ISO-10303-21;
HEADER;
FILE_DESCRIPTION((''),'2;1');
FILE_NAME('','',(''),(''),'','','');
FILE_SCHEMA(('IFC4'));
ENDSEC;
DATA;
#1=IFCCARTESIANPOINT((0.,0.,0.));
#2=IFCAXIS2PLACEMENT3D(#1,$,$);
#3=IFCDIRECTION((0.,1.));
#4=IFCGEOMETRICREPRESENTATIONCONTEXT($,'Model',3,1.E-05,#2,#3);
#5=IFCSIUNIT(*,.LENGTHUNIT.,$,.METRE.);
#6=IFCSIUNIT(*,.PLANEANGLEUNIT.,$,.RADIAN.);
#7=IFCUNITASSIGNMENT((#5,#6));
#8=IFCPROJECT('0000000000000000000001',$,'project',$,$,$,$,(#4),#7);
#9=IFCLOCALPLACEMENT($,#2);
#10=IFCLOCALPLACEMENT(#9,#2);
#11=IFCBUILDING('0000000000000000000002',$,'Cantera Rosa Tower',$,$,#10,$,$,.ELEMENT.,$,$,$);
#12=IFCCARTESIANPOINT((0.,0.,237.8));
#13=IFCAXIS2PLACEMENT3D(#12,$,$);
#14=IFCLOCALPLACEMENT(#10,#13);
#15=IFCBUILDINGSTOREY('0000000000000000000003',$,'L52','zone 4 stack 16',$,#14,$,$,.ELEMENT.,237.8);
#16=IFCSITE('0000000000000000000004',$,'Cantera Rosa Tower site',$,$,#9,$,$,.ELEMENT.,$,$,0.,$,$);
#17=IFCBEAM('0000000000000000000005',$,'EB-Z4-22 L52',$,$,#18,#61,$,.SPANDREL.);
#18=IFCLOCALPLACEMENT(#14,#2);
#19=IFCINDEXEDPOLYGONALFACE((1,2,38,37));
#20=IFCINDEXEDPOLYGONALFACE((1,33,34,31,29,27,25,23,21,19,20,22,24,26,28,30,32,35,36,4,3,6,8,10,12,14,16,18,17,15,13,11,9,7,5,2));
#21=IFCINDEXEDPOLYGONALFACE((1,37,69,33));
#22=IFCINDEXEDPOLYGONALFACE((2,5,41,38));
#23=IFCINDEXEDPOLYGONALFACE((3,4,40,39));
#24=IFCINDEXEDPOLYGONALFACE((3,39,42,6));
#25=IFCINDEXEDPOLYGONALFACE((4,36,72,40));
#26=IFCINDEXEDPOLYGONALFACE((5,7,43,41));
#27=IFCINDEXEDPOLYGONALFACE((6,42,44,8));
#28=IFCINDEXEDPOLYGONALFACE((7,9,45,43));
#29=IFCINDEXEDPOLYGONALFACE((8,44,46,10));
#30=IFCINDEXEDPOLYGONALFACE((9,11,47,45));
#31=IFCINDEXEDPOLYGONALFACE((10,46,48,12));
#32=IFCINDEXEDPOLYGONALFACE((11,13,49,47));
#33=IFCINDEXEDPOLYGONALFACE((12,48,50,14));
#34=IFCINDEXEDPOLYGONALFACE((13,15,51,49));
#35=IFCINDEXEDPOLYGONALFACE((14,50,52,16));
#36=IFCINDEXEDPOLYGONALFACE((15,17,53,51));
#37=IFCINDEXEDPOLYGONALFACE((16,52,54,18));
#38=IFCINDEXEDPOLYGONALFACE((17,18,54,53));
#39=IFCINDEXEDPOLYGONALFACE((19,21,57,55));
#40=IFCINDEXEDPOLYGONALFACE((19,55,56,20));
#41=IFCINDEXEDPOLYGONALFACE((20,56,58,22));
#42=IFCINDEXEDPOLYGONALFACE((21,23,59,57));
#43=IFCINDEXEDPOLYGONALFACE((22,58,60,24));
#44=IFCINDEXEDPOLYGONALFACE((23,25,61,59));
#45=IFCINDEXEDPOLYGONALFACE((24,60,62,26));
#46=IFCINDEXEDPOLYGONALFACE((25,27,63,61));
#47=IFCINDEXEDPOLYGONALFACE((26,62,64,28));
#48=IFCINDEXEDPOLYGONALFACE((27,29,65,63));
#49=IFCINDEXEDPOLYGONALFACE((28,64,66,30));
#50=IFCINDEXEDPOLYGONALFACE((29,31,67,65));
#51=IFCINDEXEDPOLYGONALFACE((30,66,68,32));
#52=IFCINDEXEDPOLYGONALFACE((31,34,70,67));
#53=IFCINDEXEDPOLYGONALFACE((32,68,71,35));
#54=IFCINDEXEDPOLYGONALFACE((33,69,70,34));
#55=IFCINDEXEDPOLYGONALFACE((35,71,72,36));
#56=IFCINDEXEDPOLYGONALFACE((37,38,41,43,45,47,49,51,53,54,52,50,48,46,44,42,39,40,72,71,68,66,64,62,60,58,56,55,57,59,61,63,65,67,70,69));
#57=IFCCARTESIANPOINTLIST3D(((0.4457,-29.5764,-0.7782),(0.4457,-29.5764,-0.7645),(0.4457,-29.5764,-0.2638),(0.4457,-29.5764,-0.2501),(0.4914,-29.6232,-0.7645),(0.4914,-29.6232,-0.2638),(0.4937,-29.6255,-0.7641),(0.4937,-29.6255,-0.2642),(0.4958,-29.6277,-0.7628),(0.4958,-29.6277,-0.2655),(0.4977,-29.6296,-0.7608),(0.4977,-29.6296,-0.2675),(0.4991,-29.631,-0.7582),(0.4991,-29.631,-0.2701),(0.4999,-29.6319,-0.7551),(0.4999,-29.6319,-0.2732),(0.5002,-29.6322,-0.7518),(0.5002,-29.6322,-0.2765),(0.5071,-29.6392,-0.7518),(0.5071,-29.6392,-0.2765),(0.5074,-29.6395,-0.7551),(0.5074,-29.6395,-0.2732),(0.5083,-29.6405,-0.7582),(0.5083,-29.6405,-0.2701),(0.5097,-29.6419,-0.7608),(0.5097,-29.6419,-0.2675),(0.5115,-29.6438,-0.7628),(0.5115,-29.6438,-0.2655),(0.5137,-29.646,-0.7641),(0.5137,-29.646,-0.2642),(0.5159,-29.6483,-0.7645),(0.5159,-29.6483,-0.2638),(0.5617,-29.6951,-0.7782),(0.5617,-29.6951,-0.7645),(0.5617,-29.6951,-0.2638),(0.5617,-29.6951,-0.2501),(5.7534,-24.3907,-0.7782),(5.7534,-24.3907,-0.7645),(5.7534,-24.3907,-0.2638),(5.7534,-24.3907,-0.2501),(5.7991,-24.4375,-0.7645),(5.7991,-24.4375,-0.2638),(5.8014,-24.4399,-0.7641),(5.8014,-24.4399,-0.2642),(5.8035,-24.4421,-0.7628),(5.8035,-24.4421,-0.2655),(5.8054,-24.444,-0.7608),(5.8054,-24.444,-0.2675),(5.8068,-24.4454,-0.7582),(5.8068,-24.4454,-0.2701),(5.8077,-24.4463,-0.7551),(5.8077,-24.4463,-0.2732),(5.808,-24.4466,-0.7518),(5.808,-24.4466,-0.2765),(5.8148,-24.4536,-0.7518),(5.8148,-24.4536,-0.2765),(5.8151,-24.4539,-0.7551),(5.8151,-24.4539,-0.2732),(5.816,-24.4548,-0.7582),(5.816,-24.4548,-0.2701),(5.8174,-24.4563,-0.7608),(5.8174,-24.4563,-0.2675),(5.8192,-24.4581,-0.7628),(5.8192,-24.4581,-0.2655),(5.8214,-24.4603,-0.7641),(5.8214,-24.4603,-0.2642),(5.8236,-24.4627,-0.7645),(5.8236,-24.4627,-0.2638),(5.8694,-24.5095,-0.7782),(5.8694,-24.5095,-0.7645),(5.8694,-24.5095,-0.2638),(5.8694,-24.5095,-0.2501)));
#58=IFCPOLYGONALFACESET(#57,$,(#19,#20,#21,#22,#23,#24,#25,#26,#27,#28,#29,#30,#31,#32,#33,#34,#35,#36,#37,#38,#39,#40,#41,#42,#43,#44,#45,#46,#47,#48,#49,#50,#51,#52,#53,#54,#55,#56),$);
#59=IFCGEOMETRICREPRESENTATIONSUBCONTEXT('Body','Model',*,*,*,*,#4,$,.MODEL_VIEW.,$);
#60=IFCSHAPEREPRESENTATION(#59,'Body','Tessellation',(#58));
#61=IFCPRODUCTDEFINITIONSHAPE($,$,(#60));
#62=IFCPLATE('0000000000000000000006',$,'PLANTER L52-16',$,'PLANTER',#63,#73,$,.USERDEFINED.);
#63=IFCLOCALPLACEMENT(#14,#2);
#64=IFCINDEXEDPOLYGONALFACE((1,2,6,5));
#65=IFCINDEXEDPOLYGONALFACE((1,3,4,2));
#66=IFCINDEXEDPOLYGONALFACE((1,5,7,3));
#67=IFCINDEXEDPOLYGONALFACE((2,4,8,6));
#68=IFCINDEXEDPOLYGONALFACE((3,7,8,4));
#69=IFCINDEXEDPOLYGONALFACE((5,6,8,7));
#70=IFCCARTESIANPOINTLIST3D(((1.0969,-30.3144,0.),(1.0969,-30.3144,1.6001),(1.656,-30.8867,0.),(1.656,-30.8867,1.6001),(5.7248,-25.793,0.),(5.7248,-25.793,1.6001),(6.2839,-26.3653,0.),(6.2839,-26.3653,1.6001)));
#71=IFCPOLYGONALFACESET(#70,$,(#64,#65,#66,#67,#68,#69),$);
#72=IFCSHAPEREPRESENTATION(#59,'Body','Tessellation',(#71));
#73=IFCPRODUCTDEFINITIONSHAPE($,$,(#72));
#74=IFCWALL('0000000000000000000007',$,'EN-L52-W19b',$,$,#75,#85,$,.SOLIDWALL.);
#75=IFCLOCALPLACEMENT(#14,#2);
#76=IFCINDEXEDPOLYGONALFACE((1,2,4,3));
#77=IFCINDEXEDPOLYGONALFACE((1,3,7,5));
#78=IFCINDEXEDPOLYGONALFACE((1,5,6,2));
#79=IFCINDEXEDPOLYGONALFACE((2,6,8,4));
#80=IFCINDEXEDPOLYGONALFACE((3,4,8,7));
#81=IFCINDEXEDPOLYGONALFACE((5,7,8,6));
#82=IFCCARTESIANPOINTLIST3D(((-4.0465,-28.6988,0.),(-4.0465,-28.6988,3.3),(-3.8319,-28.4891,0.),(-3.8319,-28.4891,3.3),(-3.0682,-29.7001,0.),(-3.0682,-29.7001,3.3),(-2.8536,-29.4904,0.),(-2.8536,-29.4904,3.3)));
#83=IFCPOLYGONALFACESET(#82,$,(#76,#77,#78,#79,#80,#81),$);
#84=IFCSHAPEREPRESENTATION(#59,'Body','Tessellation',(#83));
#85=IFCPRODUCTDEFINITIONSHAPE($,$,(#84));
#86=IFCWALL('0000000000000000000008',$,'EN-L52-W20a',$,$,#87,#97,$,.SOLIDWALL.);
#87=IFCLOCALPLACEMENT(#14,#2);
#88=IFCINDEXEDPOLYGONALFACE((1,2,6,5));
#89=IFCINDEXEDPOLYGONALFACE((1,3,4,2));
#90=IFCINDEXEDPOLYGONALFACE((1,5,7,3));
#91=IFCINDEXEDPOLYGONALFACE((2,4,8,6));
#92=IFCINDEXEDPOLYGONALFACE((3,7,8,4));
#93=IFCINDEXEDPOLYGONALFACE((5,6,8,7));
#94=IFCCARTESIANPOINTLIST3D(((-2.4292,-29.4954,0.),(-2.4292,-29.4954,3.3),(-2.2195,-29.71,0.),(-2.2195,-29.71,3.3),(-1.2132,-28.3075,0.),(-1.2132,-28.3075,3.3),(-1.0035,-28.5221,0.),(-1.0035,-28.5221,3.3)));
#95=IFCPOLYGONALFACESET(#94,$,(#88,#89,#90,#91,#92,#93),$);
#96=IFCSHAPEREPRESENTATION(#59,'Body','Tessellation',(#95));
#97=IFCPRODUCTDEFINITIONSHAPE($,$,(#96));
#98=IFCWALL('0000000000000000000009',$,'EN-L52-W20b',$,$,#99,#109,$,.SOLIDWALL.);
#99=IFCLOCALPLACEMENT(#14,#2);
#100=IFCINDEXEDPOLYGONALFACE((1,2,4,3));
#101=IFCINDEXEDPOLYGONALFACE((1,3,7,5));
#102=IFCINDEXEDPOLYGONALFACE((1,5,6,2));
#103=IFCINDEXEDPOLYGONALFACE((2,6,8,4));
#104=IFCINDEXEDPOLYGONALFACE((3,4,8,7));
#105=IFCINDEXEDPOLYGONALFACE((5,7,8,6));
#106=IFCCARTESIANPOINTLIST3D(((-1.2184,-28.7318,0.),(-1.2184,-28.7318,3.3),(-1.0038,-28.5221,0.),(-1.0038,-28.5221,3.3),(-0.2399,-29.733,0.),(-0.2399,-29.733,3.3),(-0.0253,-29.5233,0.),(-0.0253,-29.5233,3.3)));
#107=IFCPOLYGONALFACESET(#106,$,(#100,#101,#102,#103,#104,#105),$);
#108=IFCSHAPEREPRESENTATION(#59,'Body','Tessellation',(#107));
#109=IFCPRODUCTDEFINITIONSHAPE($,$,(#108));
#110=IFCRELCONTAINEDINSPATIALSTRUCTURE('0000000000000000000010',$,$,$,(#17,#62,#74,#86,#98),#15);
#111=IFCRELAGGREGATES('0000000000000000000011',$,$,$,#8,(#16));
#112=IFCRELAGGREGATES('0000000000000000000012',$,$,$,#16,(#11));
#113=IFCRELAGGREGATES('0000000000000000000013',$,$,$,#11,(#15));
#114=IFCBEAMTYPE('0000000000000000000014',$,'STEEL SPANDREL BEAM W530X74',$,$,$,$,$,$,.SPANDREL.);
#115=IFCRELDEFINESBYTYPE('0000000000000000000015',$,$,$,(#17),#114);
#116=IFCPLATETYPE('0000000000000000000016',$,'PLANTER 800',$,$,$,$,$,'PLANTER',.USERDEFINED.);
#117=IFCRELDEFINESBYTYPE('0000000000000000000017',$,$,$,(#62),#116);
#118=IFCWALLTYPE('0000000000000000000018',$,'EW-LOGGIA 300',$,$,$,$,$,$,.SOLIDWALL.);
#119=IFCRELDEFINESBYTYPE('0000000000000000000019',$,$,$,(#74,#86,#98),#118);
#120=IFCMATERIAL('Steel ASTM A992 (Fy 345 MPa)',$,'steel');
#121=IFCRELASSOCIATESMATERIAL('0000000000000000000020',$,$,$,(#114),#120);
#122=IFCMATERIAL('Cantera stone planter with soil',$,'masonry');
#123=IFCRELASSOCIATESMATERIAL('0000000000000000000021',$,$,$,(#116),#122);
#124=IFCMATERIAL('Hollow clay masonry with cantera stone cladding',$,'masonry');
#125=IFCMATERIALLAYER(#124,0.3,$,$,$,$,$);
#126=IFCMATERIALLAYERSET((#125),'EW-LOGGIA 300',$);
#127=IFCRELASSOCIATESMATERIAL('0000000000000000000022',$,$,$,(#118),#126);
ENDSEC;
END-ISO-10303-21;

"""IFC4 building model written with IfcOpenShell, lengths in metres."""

from ifc_helpers import new_model, si_unit, direction, frame, frame_2d, origin, origin_2d, place, context, subcontext, project, spatial, rectangle, i_section, extrude, material, layer, layer_set, material_profile, profile_set, type_object, element, save


model = new_model("IFC4")

# Units and contexts
model_context = context("Model", 3, precision=1e-05, world=origin(), true_north=direction((0.0, 1.0)))
body_context = subcontext(model_context, "Body", "Model", "MODEL_VIEW")
ifc_project = project(units=[si_unit("LENGTHUNIT", "METRE"), si_unit("PLANEANGLEUNIT", "RADIAN")], contexts=[model_context])

# Site, building, storey
site_placement = place(None, origin())
site = spatial("IfcSite", under=ifc_project, at=site_placement, Name="Cantera Rosa Tower site", CompositionType="ELEMENT", RefElevation=0.0)
building_placement = place(site_placement, origin())
building = spatial("IfcBuilding", under=site, at=building_placement, Name="Cantera Rosa Tower", CompositionType="ELEMENT")
storey_placement = place(building_placement, frame((0.0, 0.0, 237.8)))
storey = spatial("IfcBuildingStorey", under=building, at=storey_placement, Name="L52", Description="zone 4 stack 16", CompositionType="ELEMENT", Elevation=237.8)

# Beam
ifc_material_1 = material(Name="Steel ASTM A992 (Fy 345 MPa)", Category="steel")
ifc_material_profile_1 = material_profile(ifc_material_1, i_section(OverallWidth=0.166, OverallDepth=0.5281, WebThickness=0.0098, FlangeThickness=0.0137, FilletRadius=0.0127, at=origin_2d()), Name="W530X74")
ifc_profile_set_1 = profile_set([ifc_material_profile_1], Name="Steel ASTM A992 (Fy 345 MPa)")
beam_type_1 = type_object("IfcBeamType", Name="STEEL SPANDREL BEAM W530X74", PredefinedType="SPANDREL", material=ifc_profile_set_1)
beam_1_placement = place(storey_placement, frame((0.5037, -29.6357, -0.5142), z_axis=(0.715284, 0.698833, 0.0), x_axis=(-0.698833, 0.715284, 0.0)))
element("IfcBeam", 1, at=beam_1_placement, inside=storey, type_object=beam_type_1, Name="EB-Z4-22 L52", PredefinedType="SPANDREL", context=body_context, shape_type="SweptSolid", body=[
    extrude(i_section(OverallWidth=0.166, OverallDepth=0.5281, WebThickness=0.0098, FlangeThickness=0.0137, FilletRadius=0.0127, at=origin_2d()), origin(), (0.0, 0.0, 1.0), 7.4204),
])

# Plate
ifc_material_2 = material(Name="Cantera stone planter with soil", Category="masonry")
plate_type = type_object("IfcPlateType", Name="PLANTER 800", ElementType="PLANTER", PredefinedType="USERDEFINED", material=ifc_material_2)
plate_placement = place(storey_placement, frame((3.6904, -28.3398, 0.0), z_axis=(0.0, 0.0, 1.0), x_axis=(0.715286, 0.698832, 0.0)))
element("IfcPlate", 2, at=plate_placement, inside=storey, type_object=plate_type, Name="PLANTER L52-16", ObjectType="PLANTER", PredefinedType="USERDEFINED", context=body_context, shape_type="SweptSolid", body=[
    extrude(rectangle(XDim=6.47, YDim=0.8, at=origin_2d()), origin(), (0.0, 0.0, 1.0), 1.6001),
])

# Walls
ifc_material_3 = material(Name="Hollow clay masonry with cantera stone cladding", Category="masonry")
ifc_layer_1 = layer(ifc_material_3, 0.3)
ifc_layer_set_1 = layer_set([ifc_layer_1], Name="EW-LOGGIA 300")
wall_type_1 = type_object("IfcWallType", Name="EW-LOGGIA 300", PredefinedType="SOLIDWALL", material=ifc_layer_set_1)
wall_1_placement = place(storey_placement, frame((-3.9392, -28.594, 0.0), z_axis=(0.0, 0.0, 1.0), x_axis=(0.698862, -0.715257, 0.0)))
element("IfcWall", 3, at=wall_1_placement, inside=storey, type_object=wall_type_1, Name="EN-L52-W19b", PredefinedType="SOLIDWALL", context=body_context, shape_type="SweptSolid", body=[
    extrude(rectangle(XDim=1.3999, YDim=0.3, at=frame_2d((0.7, 0.0))), origin(), (0.0, 0.0, 1.0), 3.3),
])
wall_2_placement = place(storey_placement, frame((-2.3245, -29.6028, 0.0), z_axis=(0.0, 0.0, 1.0), x_axis=(0.715316, 0.698801, 0.0)))
element("IfcWall", 4, at=wall_2_placement, inside=storey, type_object=wall_type_1, Name="EN-L52-W20a", PredefinedType="SOLIDWALL", context=body_context, shape_type="SweptSolid", body=[
    extrude(rectangle(XDim=1.7, YDim=0.3, at=frame_2d((0.8501, 0.0))), origin(), (0.0, 0.0, 1.0), 3.3),
])
wall_3_placement = place(storey_placement, frame((-1.1111, -28.627, 0.0), z_axis=(0.0, 0.0, 1.0), x_axis=(0.698951, -0.715169, 0.0)))
element("IfcWall", 5, at=wall_3_placement, inside=storey, type_object=wall_type_1, Name="EN-L52-W20b", PredefinedType="SOLIDWALL", context=body_context, shape_type="SweptSolid", body=[
    extrude(rectangle(XDim=1.3999, YDim=0.3, at=frame_2d((0.7, 0.0))), origin(), (0.0, 0.0, 1.0), 3.3),
])

save(model, "model.ifc")
